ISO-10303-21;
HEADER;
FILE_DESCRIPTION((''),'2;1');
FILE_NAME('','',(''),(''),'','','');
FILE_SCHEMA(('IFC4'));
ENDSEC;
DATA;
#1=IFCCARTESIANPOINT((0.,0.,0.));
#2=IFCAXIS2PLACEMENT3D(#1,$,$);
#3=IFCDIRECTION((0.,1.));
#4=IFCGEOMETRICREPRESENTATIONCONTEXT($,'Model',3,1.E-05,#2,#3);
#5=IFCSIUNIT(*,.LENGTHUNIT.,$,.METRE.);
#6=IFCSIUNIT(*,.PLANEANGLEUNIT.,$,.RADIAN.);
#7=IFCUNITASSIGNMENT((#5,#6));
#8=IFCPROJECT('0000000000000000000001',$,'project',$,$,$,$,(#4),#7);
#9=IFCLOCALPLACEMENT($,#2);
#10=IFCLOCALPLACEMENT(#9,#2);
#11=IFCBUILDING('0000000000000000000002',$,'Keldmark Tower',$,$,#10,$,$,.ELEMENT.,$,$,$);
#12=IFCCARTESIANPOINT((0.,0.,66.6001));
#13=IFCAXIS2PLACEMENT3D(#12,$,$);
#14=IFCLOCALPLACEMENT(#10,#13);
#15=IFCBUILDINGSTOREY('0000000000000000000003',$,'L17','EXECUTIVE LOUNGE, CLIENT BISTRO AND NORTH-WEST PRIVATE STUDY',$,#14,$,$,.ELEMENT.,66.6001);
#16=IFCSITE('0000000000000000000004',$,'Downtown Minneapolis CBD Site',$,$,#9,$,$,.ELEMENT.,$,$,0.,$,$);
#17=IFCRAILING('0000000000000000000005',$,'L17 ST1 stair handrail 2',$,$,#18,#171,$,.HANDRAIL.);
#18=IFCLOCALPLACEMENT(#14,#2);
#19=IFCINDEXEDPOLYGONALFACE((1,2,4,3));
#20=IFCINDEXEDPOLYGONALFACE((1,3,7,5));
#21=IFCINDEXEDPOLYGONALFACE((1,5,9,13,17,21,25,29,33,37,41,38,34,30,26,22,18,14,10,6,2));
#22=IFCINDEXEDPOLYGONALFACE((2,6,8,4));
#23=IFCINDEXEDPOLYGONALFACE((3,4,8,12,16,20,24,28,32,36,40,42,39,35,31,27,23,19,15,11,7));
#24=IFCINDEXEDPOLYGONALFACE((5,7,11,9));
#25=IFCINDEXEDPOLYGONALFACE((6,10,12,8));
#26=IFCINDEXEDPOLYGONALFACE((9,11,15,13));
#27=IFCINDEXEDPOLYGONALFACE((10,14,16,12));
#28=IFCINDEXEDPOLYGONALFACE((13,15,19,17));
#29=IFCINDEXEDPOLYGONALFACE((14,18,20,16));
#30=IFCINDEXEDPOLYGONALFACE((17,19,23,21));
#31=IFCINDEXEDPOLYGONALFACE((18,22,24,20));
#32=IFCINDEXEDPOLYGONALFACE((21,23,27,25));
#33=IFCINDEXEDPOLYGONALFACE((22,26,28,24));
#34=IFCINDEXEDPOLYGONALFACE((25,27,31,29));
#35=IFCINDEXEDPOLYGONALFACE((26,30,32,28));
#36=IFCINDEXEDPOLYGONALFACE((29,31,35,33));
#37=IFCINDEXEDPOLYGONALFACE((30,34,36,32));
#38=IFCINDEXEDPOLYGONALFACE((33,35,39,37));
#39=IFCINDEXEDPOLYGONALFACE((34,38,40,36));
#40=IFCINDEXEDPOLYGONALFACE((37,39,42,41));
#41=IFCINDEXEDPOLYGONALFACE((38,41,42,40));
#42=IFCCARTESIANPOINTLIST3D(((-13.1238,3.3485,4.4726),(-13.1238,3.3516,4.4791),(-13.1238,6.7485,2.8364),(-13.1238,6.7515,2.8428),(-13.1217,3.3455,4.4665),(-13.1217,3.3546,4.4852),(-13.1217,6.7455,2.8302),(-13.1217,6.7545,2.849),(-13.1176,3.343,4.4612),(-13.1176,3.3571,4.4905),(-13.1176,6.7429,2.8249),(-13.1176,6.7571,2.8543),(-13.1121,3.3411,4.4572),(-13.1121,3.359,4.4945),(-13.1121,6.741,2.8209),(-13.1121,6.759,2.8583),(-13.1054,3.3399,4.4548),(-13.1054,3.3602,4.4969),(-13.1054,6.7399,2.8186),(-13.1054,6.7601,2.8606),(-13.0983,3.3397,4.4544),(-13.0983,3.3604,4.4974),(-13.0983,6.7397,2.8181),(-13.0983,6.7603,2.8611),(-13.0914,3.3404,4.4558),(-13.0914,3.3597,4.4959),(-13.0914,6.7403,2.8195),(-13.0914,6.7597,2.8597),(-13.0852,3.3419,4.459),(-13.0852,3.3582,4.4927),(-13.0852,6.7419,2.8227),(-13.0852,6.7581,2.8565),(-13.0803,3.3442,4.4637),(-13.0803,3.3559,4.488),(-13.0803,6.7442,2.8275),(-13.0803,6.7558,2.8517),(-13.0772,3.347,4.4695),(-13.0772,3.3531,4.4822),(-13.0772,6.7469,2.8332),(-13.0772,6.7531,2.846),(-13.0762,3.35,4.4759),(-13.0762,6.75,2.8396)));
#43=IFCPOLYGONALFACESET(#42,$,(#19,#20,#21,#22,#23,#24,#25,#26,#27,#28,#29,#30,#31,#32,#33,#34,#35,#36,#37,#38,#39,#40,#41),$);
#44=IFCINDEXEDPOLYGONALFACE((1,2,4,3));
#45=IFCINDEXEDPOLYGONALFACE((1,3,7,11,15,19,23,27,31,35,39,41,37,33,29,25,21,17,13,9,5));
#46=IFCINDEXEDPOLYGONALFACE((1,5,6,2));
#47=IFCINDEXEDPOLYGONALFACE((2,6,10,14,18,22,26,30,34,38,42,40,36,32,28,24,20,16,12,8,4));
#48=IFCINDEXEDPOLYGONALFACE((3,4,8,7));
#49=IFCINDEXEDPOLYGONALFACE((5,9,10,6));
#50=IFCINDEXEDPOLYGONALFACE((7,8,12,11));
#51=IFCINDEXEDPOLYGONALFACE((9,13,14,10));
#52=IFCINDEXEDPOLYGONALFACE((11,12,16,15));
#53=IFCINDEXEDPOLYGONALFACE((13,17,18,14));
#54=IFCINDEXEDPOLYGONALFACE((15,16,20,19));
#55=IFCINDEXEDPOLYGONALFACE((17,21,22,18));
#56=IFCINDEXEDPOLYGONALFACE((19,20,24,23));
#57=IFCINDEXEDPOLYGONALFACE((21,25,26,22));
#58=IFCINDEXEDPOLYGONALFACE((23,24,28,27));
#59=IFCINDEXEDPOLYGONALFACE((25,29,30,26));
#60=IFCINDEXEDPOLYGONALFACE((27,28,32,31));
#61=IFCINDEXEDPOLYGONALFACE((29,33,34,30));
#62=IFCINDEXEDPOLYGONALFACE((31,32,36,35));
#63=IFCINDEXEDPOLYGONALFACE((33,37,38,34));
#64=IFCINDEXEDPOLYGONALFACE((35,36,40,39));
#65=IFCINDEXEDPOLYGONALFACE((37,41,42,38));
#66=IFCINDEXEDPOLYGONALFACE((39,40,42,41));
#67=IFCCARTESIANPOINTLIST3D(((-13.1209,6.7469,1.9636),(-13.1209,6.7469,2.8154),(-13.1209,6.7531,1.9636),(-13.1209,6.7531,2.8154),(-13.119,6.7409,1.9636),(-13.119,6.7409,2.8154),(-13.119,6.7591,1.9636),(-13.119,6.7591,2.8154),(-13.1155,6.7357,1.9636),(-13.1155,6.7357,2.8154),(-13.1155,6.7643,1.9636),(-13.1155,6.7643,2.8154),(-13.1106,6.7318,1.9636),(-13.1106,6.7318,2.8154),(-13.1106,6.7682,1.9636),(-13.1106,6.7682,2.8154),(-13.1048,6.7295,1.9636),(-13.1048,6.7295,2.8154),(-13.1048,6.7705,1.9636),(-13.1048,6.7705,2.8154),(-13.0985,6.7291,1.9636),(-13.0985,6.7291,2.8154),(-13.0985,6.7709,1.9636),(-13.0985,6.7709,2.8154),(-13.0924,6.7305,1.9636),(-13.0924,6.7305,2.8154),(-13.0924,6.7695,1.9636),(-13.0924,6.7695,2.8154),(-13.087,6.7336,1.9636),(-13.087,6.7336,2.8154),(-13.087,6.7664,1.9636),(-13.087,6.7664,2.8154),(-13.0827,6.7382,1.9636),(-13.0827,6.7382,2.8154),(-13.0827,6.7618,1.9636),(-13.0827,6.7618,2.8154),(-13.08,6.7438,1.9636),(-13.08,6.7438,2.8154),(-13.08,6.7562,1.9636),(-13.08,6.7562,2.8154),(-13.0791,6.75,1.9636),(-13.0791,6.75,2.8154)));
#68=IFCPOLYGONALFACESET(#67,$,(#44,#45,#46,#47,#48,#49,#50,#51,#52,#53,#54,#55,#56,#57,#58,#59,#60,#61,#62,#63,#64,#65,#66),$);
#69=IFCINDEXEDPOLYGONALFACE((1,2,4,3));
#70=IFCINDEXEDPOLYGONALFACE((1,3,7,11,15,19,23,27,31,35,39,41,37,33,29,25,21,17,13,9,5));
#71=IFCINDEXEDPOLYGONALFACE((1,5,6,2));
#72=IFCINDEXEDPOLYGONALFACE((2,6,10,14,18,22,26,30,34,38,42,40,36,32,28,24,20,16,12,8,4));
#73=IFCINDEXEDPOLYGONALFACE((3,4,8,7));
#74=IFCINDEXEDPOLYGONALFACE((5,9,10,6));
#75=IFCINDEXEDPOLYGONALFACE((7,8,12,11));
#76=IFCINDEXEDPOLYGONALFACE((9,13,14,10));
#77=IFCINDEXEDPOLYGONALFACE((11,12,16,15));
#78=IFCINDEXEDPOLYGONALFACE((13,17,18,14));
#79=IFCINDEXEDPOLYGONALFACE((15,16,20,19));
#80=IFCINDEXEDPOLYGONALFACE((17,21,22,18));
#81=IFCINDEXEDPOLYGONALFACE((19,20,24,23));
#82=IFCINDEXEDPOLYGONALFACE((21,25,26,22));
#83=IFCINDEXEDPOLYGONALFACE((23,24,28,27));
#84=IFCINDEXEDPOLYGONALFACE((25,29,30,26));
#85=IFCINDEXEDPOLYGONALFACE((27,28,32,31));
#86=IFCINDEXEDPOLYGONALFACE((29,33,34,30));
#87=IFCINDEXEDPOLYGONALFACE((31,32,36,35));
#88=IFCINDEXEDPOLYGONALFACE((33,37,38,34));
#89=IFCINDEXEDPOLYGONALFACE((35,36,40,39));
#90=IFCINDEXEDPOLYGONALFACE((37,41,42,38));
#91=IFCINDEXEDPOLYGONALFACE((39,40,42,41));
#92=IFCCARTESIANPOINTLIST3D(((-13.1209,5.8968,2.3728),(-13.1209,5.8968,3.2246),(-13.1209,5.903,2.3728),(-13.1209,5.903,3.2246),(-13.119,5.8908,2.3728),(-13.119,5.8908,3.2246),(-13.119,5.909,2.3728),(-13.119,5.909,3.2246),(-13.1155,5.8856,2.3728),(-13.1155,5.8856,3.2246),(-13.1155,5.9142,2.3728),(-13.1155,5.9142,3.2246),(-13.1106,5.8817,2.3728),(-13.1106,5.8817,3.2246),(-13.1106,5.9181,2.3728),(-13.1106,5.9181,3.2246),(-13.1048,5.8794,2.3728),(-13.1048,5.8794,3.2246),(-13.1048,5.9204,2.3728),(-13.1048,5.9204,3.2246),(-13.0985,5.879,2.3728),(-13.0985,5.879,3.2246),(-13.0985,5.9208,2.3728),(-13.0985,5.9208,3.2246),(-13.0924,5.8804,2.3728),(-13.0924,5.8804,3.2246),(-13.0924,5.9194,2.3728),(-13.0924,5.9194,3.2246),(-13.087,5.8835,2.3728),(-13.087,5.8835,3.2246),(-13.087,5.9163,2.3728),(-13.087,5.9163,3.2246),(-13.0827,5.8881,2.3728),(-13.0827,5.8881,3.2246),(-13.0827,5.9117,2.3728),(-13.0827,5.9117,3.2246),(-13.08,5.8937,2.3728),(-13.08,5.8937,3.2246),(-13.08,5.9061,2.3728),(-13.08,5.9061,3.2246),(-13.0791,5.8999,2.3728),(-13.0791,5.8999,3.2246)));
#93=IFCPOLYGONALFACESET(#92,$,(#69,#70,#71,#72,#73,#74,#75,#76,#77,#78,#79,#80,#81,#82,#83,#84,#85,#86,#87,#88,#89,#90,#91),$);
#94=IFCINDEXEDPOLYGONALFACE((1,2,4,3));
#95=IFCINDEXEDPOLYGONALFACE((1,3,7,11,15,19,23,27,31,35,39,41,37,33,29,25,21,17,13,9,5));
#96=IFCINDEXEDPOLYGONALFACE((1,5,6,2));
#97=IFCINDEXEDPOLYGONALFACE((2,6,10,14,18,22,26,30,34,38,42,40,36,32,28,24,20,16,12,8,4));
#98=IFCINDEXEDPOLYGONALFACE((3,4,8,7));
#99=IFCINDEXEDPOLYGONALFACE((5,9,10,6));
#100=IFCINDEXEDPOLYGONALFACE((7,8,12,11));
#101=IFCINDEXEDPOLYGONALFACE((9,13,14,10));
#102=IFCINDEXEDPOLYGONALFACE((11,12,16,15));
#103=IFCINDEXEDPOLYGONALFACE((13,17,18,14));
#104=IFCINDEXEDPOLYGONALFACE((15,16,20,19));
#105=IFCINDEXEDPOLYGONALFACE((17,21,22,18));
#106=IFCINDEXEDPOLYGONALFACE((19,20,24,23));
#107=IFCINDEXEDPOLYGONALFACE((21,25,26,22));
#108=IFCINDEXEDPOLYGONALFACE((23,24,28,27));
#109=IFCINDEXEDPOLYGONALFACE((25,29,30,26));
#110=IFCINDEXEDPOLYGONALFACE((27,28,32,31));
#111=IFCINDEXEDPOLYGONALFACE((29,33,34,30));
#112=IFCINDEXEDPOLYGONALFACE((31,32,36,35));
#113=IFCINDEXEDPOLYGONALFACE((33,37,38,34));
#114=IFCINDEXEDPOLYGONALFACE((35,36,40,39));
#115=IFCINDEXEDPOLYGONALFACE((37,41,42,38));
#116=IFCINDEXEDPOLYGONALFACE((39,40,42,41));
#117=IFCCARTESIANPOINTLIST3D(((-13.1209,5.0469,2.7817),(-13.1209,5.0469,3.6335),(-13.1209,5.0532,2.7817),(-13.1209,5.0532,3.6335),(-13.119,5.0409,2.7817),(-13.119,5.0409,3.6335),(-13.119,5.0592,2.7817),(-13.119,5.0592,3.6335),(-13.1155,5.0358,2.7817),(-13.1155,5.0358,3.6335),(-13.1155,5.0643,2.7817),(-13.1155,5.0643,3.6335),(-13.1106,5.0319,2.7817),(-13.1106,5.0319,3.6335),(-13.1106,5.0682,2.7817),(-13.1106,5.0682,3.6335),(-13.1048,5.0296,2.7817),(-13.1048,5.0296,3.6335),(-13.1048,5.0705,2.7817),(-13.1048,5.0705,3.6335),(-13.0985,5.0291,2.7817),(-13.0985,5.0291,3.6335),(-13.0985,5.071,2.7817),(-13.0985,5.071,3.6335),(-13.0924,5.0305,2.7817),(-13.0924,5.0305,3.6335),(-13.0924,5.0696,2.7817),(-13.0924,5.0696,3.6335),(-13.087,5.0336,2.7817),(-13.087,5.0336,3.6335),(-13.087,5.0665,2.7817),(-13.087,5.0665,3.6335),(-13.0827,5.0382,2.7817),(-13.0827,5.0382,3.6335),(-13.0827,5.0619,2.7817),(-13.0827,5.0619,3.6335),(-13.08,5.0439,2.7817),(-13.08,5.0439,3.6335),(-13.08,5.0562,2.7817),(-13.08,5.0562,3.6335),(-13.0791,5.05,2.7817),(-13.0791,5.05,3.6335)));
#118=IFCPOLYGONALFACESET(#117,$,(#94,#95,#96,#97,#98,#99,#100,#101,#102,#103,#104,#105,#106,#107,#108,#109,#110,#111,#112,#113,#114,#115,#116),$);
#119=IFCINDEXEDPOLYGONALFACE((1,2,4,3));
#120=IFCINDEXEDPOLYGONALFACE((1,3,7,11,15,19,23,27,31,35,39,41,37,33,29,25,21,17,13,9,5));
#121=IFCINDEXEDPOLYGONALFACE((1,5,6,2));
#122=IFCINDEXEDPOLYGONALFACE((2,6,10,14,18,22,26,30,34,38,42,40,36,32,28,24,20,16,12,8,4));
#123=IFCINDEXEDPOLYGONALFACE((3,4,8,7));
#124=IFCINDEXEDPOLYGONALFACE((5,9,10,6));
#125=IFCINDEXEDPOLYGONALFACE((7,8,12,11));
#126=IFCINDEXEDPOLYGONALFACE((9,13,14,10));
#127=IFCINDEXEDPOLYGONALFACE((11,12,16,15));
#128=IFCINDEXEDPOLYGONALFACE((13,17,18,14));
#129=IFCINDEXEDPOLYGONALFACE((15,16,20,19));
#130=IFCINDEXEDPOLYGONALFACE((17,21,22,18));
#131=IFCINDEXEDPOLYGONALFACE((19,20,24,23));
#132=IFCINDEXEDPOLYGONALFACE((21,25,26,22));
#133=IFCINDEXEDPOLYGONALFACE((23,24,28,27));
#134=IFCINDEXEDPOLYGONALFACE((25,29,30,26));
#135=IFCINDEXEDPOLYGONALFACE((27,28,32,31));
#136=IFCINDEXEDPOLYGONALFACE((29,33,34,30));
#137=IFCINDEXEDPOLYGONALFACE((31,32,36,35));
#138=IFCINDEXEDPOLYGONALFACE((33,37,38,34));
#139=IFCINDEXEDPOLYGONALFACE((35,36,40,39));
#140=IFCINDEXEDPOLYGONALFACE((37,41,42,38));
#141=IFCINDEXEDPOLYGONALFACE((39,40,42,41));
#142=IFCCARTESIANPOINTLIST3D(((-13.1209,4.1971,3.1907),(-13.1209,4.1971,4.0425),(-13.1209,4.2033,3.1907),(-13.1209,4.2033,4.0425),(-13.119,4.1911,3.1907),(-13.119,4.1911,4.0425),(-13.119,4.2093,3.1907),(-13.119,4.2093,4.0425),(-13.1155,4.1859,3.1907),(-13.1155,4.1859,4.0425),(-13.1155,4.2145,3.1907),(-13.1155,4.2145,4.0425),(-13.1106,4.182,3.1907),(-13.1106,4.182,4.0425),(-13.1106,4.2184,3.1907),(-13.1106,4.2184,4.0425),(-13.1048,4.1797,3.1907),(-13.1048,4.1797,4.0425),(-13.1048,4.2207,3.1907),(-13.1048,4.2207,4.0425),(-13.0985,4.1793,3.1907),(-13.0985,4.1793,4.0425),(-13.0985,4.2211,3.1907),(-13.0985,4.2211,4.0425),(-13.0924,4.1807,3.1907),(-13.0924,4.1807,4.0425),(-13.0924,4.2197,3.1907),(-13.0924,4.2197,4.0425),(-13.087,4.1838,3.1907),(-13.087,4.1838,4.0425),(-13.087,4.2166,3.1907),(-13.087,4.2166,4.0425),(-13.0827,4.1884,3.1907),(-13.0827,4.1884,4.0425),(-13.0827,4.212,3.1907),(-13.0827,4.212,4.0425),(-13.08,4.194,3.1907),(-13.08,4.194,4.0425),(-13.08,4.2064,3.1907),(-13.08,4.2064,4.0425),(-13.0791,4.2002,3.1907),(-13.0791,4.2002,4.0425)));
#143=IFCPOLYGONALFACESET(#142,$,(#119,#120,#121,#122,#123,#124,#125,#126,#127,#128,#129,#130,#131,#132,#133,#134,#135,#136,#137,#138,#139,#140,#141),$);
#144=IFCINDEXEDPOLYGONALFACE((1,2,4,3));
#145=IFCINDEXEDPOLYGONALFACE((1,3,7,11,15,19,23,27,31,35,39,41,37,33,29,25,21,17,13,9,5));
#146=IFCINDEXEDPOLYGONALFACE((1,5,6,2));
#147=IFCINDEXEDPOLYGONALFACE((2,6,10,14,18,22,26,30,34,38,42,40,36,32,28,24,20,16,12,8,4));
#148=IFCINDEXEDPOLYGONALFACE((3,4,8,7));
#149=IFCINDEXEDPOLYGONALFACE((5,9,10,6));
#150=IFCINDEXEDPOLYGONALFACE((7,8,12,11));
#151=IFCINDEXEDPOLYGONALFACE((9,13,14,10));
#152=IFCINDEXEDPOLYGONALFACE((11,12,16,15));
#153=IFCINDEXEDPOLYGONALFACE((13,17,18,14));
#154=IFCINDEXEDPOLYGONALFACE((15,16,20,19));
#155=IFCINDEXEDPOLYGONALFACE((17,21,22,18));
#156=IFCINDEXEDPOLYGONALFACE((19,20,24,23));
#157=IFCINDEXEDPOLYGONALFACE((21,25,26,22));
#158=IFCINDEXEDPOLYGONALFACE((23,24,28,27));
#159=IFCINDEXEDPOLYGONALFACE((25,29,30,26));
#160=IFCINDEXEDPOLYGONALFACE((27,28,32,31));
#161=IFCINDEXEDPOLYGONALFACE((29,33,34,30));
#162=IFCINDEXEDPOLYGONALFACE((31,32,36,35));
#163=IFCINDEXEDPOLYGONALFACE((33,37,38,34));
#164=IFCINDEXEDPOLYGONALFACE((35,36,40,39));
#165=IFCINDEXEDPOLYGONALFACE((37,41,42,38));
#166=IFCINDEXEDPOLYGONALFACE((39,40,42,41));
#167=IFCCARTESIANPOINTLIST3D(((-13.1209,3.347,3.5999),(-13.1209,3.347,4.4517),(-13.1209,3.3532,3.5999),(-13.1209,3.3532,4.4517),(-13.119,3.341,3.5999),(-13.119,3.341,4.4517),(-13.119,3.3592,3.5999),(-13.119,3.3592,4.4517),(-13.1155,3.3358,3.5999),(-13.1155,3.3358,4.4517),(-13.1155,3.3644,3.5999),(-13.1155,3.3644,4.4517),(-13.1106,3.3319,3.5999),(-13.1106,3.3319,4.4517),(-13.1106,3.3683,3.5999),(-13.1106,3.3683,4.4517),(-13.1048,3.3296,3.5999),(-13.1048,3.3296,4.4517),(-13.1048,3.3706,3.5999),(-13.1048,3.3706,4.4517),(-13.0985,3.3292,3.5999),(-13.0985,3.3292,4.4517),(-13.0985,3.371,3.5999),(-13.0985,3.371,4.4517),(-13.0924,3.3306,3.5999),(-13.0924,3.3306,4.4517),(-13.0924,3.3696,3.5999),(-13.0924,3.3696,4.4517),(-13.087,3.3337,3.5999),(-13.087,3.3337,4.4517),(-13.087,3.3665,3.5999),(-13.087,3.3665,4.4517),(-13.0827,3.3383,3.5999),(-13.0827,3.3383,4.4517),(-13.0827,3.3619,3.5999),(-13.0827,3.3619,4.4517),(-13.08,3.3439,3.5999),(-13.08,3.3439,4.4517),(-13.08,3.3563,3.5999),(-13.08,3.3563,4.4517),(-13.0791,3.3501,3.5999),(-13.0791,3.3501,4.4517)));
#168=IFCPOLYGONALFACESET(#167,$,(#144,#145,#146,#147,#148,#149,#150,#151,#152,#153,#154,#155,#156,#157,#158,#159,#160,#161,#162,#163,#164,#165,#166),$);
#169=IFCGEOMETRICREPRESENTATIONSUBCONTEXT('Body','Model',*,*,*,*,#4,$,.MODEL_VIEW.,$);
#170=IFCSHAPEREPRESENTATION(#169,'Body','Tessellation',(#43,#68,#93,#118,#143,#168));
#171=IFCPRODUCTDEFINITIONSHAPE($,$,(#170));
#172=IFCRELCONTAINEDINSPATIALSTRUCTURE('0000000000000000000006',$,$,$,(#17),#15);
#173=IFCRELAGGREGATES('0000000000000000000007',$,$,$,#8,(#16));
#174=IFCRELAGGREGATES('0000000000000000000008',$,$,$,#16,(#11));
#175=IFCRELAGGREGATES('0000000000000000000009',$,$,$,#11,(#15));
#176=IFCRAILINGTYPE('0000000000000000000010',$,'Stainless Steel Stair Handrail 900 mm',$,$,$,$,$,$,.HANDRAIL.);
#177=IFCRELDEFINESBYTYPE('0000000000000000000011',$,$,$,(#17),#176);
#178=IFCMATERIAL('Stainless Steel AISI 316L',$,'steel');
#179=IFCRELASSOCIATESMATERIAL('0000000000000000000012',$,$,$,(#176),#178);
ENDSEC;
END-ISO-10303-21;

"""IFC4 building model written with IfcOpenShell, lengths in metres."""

from ifc_helpers import new_model, si_unit, direction, frame, origin, origin_2d, place, context, subcontext, project, spatial, circle, extrude, material, type_object, element, save


model = new_model("IFC4")

# Units and contexts
model_context = context("Model", 3, precision=1e-05, world=origin(), true_north=direction((0.0, 1.0)))
body_context = subcontext(model_context, "Body", "Model", "MODEL_VIEW")
ifc_project = project(units=[si_unit("LENGTHUNIT", "METRE"), si_unit("PLANEANGLEUNIT", "RADIAN")], contexts=[model_context])

# Site, building, storey
site_placement = place(None, origin())
site = spatial("IfcSite", under=ifc_project, at=site_placement, Name="Downtown Minneapolis CBD Site", CompositionType="ELEMENT", RefElevation=0.0)
building_placement = place(site_placement, origin())
building = spatial("IfcBuilding", under=site, at=building_placement, Name="Keldmark Tower", CompositionType="ELEMENT")
storey_placement = place(building_placement, frame((0.0, 0.0, 66.6001)))
storey = spatial("IfcBuildingStorey", under=building, at=storey_placement, Name="L17", Description="EXECUTIVE LOUNGE, CLIENT BISTRO AND NORTH-WEST PRIVATE STUDY", CompositionType="ELEMENT", Elevation=66.6001)

# Railing
ifc_material_1 = material(Name="Stainless Steel AISI 316L", Category="steel")
railing_type_1 = type_object("IfcRailingType", Name="Stainless Steel Stair Handrail 900 mm", PredefinedType="HANDRAIL", material=ifc_material_1)
railing_1_placement = place(storey_placement, frame((-13.1001, 6.75, 1.9636)))
element("IfcRailing", 1, at=railing_1_placement, inside=storey, type_object=railing_type_1, Name="L17 ST1 stair handrail 2", PredefinedType="HANDRAIL", context=body_context, shape_type="SweptSolid", body=[
    extrude(circle(Radius=0.0239, at=origin_2d()), frame((0.0, 0.0, 0.876), z_axis=(0.0, -0.90108, 0.433652), x_axis=(1.0, 0.0, 0.0)), (0.0, 0.0, 1.0), 3.7732),
    extrude(circle(Radius=0.021, at=origin_2d()), origin(), (0.0, 0.0, 1.0), 0.8518),
    extrude(circle(Radius=0.021, at=origin_2d()), frame((0.0, -0.8501, 0.4092)), (0.0, 0.0, 1.0), 0.8518),
    extrude(circle(Radius=0.021, at=origin_2d()), frame((0.0, -1.7, 0.8181)), (0.0, 0.0, 1.0), 0.8518),
    extrude(circle(Radius=0.021, at=origin_2d()), frame((0.0, -2.5498, 1.2271)), (0.0, 0.0, 1.0), 0.8518),
    extrude(circle(Radius=0.021, at=origin_2d()), frame((0.0, -3.3999, 1.6362)), (0.0, 0.0, 1.0), 0.8518),
])

save(model, "model.ifc")
